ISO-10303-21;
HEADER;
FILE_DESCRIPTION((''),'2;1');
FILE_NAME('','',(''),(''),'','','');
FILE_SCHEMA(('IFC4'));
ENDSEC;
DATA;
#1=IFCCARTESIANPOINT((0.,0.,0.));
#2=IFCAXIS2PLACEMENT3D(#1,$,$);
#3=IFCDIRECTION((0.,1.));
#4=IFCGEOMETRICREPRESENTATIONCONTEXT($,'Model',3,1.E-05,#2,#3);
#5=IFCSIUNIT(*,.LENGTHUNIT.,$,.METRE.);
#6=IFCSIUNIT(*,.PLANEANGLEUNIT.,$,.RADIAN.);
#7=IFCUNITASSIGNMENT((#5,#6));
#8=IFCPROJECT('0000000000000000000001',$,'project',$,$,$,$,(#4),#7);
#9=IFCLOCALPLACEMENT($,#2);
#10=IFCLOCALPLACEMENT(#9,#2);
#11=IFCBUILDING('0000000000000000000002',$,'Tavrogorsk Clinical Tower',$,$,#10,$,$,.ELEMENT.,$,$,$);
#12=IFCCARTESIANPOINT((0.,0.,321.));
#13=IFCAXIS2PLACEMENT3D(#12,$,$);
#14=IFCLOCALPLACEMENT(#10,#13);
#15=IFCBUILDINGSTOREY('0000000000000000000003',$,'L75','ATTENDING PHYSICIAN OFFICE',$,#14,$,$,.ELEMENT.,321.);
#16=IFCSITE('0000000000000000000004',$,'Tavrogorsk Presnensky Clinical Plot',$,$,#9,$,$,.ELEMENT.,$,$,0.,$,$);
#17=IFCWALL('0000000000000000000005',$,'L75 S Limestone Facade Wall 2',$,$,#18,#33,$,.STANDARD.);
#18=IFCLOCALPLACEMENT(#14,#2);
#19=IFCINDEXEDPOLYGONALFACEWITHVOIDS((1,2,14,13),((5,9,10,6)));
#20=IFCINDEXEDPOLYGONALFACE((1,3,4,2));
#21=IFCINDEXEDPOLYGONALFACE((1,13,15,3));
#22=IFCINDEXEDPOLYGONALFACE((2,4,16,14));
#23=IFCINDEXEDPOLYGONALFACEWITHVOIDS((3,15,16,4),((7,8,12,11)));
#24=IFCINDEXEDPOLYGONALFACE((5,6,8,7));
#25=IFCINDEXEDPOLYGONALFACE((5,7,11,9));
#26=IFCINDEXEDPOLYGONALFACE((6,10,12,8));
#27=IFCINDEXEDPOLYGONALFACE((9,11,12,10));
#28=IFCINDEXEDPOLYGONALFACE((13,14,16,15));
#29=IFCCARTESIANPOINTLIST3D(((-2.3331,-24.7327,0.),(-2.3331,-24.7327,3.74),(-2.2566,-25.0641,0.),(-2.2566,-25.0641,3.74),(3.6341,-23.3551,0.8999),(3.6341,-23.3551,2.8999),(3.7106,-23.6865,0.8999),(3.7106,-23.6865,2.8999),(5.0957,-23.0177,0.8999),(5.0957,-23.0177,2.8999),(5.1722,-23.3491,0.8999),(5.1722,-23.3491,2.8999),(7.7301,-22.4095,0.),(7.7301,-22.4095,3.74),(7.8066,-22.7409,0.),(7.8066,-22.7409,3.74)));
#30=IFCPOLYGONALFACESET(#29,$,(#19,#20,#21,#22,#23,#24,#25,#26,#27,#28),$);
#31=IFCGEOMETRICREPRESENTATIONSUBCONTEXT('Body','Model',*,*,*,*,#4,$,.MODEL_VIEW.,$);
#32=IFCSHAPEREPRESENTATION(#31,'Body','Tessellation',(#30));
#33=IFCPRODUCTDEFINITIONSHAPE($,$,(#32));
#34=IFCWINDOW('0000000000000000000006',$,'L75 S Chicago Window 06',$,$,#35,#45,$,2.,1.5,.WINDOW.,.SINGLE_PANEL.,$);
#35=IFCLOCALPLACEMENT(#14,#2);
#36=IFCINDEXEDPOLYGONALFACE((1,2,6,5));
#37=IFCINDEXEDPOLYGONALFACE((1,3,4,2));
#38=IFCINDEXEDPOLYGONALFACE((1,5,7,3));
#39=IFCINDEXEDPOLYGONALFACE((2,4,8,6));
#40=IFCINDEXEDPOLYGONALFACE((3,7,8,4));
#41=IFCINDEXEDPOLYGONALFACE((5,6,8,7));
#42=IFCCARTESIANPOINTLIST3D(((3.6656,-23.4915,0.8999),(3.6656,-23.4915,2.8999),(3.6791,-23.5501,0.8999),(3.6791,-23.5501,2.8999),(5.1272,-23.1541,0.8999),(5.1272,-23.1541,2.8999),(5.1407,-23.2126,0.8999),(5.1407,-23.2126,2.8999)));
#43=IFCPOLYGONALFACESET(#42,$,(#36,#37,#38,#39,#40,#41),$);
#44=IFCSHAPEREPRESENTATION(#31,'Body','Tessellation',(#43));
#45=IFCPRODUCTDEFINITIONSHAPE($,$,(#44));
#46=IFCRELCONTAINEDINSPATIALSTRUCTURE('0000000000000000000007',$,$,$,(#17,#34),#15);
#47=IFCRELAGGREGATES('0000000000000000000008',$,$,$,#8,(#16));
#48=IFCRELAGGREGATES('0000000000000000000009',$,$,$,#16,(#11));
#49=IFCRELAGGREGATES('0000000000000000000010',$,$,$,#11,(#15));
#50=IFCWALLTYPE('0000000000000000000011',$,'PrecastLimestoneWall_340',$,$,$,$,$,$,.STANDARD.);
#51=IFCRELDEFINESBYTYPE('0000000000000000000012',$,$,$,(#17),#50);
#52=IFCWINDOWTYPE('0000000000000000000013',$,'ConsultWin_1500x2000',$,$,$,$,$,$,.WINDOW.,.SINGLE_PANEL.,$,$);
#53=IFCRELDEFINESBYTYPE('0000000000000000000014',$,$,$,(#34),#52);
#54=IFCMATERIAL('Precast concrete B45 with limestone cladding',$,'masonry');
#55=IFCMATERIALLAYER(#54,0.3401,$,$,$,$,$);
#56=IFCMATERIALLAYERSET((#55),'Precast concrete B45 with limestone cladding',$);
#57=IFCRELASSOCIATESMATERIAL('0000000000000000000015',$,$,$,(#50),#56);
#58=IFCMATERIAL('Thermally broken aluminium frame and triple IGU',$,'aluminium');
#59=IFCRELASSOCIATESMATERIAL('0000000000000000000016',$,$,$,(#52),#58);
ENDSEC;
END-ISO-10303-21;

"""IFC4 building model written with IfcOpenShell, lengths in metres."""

from ifc_helpers import new_model, si_unit, direction, frame, frame_2d, origin, place, context, subcontext, project, spatial, rectangle, extrude, material, layer, layer_set, type_object, element, fill, save


model = new_model("IFC4")

# Units and contexts
model_context = context("Model", 3, precision=1e-05, world=origin(), true_north=direction((0.0, 1.0)))
body_context = subcontext(model_context, "Body", "Model", "MODEL_VIEW")
ifc_project = project(units=[si_unit("LENGTHUNIT", "METRE"), si_unit("PLANEANGLEUNIT", "RADIAN")], contexts=[model_context])

# Site, building, storey
site_placement = place(None, origin())
site = spatial("IfcSite", under=ifc_project, at=site_placement, Name="Tavrogorsk Presnensky Clinical Plot", CompositionType="ELEMENT", RefElevation=0.0)
building_placement = place(site_placement, origin())
building = spatial("IfcBuilding", under=site, at=building_placement, Name="Tavrogorsk Clinical Tower", CompositionType="ELEMENT")
storey_placement = place(building_placement, frame((0.0, 0.0, 321.0)))
storey = spatial("IfcBuildingStorey", under=building, at=storey_placement, Name="L75", Description="ATTENDING PHYSICIAN OFFICE", CompositionType="ELEMENT", Elevation=321.0)

# Wall, opening, window
ifc_material_1 = material(Name="Precast concrete B45 with limestone cladding", Category="masonry")
ifc_layer_1 = layer(ifc_material_1, 0.3401)
ifc_layer_set_1 = layer_set([ifc_layer_1], Name="Precast concrete B45 with limestone cladding")
wall_type_1 = type_object("IfcWallType", Name="PrecastLimestoneWall_340", PredefinedType="STANDARD", material=ifc_layer_set_1)
wall_1_placement = place(storey_placement, frame((-2.2949, -24.8984, 0.0), z_axis=(0.0, 0.0, 1.0), x_axis=(0.974371, 0.224948, 0.0)))
wall_1 = element("IfcWall", 1, at=wall_1_placement, inside=storey, type_object=wall_type_1, Name="L75 S Limestone Facade Wall 2", PredefinedType="STANDARD", context=body_context, shape_type="SweptSolid", body=[
    extrude(rectangle(XDim=10.3279, YDim=0.3401, at=frame_2d((5.1641, 0.0))), origin(), (0.0, 0.0, 1.0), 3.74),
])
opening_1_placement = place(wall_1_placement, frame((6.1243, 0.0, 0.8999)))
opening_1 = element("IfcOpeningElement", 2, at=opening_1_placement, cuts=wall_1, PredefinedType="OPENING", context=body_context, shape_type="SweptSolid", body=[
    extrude(rectangle(XDim=1.5, YDim=2.0, at=frame_2d((0.75, 1.0))), frame((0.0, 0.1799, 0.0), z_axis=(0.0, -1.0, 0.0), x_axis=(1.0, 0.0, 0.0)), (0.0, 0.0, 1.0), 0.3601),
])
ifc_material_2 = material(Name="Thermally broken aluminium frame and triple IGU", Category="aluminium")
window_type = type_object("IfcWindowType", Name="ConsultWin_1500x2000", PartitioningType="SINGLE_PANEL", PredefinedType="WINDOW", material=ifc_material_2)
window_placement = place(opening_1_placement, origin())
window = element("IfcWindow", 3, at=window_placement, inside=storey, type_object=window_type, Name="L75 S Chicago Window 06", OverallHeight=2.0, OverallWidth=1.5, PartitioningType="SINGLE_PANEL", PredefinedType="WINDOW", context=body_context, shape_type="SweptSolid", body=[
    extrude(rectangle(XDim=1.5, YDim=2.0, at=frame_2d((0.75, 1.0))), frame((0.0, 0.03, 0.0), z_axis=(0.0, -1.0, 0.0), x_axis=(1.0, 0.0, 0.0)), (0.0, 0.0, 1.0), 0.0601),
])
fill(opening_1, window)

save(model, "model.ifc")
